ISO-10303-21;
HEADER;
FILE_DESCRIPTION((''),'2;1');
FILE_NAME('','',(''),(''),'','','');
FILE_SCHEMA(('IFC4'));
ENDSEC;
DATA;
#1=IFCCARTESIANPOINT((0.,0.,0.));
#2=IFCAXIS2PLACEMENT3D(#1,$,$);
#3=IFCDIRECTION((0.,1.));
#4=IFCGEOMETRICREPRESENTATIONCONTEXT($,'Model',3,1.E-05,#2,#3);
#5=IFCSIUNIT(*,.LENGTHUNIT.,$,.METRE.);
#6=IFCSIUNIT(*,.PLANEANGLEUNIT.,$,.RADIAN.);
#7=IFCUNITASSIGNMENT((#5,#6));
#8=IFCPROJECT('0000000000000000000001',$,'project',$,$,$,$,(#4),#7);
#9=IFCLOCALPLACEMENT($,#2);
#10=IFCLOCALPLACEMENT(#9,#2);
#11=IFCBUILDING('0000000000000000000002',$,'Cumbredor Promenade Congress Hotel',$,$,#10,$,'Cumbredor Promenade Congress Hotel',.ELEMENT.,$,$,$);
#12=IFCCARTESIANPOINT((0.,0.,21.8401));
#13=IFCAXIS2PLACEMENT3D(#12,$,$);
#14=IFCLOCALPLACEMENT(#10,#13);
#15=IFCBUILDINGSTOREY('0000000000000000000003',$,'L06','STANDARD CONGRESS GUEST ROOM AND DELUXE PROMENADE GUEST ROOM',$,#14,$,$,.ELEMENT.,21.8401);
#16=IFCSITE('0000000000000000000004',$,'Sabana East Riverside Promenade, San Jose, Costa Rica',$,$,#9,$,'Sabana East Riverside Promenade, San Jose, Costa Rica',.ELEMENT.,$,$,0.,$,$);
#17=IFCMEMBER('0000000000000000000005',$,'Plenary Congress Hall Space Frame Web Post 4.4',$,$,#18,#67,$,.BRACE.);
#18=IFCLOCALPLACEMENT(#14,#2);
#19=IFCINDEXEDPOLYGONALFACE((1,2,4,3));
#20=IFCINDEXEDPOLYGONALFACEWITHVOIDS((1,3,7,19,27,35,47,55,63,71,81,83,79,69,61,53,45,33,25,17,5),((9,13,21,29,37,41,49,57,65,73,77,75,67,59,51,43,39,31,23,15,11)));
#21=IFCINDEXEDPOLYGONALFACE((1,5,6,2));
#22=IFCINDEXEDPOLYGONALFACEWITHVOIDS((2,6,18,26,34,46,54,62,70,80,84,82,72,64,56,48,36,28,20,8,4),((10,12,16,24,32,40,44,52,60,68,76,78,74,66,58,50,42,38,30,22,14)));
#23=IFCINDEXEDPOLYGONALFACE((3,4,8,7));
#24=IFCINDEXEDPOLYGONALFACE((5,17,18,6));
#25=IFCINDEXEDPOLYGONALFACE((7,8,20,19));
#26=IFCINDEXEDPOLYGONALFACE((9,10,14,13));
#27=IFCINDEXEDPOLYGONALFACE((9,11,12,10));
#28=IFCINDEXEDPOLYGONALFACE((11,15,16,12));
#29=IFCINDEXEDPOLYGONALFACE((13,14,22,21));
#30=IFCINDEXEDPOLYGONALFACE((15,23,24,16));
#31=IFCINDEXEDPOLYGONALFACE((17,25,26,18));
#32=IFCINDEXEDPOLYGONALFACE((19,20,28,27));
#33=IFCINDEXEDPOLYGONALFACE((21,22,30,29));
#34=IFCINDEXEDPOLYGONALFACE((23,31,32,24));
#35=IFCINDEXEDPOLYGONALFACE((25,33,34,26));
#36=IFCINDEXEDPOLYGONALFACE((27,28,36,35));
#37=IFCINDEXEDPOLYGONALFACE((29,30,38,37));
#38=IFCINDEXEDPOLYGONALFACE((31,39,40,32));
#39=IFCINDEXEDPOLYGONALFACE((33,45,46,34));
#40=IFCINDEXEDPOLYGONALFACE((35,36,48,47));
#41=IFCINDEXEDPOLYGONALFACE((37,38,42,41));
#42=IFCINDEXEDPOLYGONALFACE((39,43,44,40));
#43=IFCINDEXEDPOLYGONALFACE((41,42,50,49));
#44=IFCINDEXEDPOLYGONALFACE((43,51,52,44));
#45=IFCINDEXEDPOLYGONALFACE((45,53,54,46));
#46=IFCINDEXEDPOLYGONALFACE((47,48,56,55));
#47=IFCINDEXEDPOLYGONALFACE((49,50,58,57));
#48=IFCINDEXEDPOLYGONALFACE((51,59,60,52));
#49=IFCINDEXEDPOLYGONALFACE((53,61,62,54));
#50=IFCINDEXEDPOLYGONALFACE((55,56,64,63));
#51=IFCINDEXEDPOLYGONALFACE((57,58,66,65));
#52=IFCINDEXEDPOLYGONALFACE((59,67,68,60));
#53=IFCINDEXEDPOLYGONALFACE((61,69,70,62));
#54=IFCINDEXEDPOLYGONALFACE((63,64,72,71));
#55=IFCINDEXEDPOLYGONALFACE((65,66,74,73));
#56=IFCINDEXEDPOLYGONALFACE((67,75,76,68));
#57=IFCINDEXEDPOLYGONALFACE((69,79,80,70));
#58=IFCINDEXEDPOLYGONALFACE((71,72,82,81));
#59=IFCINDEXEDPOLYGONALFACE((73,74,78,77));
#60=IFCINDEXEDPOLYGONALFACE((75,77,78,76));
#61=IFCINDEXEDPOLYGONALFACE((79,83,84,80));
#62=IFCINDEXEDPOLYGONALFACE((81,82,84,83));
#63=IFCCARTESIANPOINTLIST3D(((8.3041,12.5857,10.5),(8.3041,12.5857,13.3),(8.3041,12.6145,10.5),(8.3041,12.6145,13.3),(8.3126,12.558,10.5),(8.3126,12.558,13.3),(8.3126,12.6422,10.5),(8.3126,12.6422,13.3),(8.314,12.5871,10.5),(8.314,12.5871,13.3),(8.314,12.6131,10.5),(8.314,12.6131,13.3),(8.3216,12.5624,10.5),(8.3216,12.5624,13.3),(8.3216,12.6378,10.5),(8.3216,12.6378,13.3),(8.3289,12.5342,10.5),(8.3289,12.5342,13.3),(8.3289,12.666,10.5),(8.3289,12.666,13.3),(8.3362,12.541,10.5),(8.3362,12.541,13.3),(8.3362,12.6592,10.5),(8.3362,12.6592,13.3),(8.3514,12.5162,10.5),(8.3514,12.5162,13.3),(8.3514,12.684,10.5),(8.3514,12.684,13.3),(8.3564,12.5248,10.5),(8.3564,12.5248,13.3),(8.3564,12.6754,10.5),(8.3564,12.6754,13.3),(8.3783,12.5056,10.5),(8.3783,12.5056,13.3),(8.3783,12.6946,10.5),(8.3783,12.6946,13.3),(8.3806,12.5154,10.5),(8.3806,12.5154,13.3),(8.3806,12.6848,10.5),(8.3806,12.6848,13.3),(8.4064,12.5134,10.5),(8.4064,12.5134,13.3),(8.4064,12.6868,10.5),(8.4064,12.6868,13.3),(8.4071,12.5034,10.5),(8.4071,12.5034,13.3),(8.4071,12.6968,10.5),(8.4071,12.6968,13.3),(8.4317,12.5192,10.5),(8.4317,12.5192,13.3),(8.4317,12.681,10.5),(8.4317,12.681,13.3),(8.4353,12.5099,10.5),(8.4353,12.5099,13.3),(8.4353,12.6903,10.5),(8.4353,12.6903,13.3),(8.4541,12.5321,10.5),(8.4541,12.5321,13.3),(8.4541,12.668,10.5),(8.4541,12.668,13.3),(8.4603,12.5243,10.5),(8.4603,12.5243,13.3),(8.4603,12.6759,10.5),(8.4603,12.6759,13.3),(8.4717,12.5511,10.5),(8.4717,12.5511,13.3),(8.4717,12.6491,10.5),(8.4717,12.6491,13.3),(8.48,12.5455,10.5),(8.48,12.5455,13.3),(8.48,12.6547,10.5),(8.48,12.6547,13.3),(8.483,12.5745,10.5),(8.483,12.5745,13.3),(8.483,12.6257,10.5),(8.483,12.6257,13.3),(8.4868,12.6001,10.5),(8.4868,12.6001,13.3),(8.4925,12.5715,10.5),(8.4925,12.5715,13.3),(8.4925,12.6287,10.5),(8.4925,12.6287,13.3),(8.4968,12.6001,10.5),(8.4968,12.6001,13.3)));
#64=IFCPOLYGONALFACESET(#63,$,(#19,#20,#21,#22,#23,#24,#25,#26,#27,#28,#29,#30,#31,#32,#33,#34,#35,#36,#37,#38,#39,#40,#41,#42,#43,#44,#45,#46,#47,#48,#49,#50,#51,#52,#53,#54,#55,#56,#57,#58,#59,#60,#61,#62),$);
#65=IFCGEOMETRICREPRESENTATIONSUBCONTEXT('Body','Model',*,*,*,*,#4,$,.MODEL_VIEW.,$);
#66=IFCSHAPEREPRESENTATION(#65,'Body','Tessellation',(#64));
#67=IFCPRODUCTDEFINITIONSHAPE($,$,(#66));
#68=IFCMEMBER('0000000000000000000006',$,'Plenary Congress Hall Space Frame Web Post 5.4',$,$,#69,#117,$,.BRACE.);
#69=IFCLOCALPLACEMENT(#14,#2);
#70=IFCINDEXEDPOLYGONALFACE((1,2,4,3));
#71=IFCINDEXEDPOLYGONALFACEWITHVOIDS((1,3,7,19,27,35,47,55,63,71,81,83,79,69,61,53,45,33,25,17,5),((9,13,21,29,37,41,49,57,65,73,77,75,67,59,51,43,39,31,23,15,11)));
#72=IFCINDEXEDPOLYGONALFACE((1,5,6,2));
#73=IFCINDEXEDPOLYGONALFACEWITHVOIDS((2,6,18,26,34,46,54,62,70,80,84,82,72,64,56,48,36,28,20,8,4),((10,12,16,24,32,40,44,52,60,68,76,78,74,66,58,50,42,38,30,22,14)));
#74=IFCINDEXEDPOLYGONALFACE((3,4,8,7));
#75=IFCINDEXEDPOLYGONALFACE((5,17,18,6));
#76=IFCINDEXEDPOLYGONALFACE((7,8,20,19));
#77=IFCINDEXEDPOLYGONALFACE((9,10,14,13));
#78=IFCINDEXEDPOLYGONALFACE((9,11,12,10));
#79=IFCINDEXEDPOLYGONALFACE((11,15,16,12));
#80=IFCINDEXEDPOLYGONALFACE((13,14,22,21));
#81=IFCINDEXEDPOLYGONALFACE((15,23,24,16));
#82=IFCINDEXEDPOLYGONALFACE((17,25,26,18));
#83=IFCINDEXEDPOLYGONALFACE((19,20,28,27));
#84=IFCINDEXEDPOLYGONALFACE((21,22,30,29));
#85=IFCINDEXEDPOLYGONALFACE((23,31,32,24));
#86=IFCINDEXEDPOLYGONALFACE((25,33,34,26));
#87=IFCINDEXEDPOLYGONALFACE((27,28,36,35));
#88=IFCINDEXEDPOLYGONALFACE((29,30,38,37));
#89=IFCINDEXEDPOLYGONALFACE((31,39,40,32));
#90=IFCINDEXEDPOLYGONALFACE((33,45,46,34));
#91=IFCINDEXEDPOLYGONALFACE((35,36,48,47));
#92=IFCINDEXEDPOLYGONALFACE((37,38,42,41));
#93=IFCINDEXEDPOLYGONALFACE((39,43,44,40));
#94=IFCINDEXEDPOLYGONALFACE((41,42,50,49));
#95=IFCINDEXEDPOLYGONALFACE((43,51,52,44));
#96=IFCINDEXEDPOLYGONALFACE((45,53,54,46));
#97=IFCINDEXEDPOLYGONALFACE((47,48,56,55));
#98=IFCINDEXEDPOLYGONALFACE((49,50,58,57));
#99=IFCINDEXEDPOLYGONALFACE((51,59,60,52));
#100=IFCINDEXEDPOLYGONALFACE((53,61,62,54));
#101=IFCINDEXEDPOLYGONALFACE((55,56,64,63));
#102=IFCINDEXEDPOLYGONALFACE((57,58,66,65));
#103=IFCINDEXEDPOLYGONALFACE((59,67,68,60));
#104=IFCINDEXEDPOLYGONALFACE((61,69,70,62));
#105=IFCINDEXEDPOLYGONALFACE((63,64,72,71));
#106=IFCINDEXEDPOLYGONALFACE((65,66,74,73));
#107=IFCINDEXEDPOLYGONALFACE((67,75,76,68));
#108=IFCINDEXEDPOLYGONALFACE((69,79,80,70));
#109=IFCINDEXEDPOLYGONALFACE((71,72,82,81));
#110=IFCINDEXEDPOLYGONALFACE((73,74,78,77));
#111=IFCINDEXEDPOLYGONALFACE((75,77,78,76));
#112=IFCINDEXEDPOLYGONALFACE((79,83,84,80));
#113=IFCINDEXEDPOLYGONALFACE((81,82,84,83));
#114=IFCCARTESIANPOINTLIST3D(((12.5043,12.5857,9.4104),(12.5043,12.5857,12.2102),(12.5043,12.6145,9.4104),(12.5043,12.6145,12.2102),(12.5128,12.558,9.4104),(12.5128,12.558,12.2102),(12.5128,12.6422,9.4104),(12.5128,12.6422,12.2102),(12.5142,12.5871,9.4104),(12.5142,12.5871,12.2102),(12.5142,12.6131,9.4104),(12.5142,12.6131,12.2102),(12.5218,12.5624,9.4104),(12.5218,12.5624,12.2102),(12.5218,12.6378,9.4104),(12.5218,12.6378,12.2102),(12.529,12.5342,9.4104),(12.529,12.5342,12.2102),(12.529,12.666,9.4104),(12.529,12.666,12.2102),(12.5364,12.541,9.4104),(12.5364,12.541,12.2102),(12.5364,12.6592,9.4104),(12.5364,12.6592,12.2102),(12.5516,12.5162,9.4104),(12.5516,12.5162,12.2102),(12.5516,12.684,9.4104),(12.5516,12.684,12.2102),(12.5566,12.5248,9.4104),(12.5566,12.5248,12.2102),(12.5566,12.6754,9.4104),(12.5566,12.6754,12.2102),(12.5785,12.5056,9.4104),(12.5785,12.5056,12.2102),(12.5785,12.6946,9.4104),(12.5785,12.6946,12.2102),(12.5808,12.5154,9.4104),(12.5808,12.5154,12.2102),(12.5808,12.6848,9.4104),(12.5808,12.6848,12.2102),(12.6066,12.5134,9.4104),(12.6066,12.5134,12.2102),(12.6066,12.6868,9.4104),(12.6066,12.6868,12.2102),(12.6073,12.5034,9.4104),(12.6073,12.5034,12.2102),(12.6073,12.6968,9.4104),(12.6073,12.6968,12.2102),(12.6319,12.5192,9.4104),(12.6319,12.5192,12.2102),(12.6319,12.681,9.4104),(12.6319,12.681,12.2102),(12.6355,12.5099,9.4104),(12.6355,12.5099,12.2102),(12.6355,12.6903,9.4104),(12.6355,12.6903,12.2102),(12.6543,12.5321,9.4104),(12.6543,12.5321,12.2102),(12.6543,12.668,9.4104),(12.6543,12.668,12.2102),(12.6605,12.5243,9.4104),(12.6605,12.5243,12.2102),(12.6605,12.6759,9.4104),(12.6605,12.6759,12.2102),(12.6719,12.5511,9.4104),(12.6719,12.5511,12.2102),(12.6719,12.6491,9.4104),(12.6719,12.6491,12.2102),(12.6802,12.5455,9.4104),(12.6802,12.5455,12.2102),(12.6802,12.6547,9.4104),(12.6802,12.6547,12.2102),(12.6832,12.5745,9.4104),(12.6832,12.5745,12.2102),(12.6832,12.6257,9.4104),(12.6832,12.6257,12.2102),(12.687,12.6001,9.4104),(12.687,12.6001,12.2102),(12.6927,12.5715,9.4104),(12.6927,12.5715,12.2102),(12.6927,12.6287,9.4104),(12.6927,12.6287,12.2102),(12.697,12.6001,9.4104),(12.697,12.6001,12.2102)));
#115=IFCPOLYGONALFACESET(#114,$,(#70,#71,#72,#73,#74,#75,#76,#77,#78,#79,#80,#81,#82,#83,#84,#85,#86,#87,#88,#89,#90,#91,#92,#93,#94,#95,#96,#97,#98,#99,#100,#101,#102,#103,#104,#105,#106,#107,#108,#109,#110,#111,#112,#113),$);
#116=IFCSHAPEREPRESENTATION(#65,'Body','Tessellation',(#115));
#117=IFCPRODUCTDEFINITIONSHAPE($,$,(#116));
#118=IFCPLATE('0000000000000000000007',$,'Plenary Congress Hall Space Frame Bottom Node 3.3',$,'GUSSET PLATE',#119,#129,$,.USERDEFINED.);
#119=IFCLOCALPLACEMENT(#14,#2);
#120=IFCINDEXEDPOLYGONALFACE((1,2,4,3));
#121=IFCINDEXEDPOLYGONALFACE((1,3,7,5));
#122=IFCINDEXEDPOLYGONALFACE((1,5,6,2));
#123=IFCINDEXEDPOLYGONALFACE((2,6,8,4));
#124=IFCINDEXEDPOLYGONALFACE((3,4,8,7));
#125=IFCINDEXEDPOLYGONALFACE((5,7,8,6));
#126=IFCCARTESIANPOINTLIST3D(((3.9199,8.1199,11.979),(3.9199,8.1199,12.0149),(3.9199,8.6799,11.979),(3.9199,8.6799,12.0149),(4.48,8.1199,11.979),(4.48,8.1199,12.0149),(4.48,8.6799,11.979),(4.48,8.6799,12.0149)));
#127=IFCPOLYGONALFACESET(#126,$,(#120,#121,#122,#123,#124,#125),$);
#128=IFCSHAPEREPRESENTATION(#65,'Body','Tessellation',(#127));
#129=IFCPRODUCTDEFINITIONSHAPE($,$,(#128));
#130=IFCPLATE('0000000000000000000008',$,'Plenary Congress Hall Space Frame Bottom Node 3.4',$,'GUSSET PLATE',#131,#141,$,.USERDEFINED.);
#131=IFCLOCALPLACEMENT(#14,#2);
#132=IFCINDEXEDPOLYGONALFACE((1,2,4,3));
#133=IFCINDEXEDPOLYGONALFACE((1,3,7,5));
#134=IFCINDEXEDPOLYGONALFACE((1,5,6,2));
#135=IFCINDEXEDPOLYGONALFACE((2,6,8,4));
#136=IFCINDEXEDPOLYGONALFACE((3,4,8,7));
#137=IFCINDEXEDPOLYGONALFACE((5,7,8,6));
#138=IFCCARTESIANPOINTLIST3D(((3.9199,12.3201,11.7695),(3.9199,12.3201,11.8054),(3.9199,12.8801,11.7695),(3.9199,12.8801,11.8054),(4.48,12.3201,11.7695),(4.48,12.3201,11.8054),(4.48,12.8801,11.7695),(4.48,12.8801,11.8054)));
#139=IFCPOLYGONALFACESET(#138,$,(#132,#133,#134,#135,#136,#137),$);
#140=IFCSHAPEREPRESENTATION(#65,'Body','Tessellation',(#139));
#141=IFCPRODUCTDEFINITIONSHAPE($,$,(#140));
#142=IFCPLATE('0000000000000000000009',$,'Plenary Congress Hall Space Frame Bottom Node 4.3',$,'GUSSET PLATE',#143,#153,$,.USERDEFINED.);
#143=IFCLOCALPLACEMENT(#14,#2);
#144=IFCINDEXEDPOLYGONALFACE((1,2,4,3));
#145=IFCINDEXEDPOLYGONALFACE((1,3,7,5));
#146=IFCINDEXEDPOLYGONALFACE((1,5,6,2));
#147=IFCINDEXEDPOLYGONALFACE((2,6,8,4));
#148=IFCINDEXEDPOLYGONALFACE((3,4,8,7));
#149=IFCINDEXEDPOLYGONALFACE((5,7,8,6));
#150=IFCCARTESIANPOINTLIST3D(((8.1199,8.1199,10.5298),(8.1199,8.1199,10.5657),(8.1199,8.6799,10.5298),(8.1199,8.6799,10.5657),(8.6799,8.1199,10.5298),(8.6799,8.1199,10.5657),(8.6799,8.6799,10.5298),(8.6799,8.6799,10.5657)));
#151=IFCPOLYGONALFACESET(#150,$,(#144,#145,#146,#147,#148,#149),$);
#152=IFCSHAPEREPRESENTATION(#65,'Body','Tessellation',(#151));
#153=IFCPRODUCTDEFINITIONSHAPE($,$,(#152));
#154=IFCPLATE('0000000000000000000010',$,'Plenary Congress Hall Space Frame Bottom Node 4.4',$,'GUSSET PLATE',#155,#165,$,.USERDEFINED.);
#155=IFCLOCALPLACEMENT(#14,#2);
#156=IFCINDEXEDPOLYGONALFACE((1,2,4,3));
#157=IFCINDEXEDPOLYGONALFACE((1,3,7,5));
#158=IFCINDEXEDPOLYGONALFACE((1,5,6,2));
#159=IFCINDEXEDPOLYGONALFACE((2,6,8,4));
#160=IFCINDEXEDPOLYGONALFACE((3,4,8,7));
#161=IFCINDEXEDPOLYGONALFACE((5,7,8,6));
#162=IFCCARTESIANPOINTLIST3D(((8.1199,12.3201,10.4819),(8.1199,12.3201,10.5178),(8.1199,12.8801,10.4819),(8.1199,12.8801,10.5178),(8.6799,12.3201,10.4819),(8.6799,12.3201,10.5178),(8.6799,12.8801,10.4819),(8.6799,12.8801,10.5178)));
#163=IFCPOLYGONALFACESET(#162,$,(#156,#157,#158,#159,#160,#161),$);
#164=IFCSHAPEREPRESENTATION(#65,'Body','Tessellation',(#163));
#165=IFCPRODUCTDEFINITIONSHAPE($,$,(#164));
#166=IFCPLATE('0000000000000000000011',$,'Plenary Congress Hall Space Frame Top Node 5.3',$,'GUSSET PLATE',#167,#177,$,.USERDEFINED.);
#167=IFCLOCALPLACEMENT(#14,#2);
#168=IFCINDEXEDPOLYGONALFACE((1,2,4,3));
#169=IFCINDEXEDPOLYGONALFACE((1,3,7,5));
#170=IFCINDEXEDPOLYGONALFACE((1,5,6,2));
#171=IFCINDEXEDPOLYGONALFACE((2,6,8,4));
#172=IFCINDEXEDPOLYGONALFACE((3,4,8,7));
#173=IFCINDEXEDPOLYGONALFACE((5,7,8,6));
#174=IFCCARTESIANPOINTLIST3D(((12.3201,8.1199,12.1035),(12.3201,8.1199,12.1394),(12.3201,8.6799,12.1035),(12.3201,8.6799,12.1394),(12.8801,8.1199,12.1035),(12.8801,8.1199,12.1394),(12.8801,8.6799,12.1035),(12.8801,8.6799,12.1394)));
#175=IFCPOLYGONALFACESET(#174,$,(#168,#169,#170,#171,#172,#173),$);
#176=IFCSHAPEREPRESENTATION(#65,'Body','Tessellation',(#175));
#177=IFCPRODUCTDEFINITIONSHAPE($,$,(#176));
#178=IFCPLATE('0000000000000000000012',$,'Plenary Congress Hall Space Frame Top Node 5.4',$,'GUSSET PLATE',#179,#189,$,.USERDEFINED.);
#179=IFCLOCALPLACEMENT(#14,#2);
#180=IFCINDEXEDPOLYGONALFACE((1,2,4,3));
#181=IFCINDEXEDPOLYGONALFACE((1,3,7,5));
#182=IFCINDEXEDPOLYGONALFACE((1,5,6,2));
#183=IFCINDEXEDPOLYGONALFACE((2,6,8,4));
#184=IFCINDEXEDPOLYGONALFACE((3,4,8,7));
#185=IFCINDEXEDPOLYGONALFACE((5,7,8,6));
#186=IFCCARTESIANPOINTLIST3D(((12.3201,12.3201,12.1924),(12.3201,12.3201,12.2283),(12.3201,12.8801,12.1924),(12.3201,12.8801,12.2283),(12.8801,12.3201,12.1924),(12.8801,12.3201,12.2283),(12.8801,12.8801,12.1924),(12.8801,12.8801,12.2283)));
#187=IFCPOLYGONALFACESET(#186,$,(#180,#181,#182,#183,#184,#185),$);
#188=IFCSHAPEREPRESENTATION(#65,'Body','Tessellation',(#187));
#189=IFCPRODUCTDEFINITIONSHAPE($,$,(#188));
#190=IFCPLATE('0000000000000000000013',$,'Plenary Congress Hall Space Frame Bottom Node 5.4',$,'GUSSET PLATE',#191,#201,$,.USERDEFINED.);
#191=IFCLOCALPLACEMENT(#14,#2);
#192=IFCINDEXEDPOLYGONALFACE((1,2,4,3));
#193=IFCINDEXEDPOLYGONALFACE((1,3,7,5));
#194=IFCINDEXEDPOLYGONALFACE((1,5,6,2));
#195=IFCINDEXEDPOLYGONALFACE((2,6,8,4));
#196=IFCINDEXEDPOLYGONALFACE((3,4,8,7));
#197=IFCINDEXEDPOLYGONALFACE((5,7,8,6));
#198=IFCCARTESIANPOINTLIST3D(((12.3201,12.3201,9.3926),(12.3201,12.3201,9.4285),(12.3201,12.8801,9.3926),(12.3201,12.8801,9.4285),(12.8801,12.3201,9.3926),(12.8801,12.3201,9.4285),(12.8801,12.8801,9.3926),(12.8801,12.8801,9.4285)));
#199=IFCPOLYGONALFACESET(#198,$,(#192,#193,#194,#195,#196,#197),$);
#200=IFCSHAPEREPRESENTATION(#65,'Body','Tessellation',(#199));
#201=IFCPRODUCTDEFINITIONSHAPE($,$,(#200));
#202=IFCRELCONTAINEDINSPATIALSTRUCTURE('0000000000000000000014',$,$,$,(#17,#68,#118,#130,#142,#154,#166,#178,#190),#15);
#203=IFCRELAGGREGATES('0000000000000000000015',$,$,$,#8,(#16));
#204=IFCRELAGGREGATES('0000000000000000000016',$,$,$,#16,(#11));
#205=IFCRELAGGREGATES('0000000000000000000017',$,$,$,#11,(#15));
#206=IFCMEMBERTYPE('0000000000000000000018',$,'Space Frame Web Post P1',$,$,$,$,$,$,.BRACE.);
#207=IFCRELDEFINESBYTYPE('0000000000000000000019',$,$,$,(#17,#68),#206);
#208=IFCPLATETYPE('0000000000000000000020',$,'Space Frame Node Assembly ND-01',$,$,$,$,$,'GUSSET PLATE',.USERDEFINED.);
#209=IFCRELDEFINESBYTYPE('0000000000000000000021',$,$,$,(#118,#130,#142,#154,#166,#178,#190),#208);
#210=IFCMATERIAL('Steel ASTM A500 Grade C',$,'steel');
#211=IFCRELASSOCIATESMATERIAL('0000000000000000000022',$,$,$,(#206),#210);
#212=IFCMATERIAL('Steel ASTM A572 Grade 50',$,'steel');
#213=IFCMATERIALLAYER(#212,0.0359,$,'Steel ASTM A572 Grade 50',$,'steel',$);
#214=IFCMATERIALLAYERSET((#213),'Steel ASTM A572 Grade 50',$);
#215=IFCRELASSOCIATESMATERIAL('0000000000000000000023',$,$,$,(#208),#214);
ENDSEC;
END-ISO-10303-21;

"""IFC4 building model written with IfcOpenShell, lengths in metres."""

from ifc_helpers import new_model, si_unit, direction, frame, origin, origin_2d, place, context, subcontext, project, spatial, rectangle, hollow_circle, extrude, material, layer, layer_set, material_profile, profile_set, type_object, element, save


model = new_model("IFC4")

# Units and contexts
model_context = context("Model", 3, precision=1e-05, world=origin(), true_north=direction((0.0, 1.0)))
body_context = subcontext(model_context, "Body", "Model", "MODEL_VIEW")
ifc_project = project(units=[si_unit("LENGTHUNIT", "METRE"), si_unit("PLANEANGLEUNIT", "RADIAN")], contexts=[model_context])

# Site, building, storey
site_placement = place(None, origin())
site = spatial("IfcSite", under=ifc_project, at=site_placement, Name="Sabana East Riverside Promenade, San Jose, Costa Rica", LongName="Sabana East Riverside Promenade, San Jose, Costa Rica", CompositionType="ELEMENT", RefElevation=0.0)
building_placement = place(site_placement, origin())
building = spatial("IfcBuilding", under=site, at=building_placement, Name="Cumbredor Promenade Congress Hotel", LongName="Cumbredor Promenade Congress Hotel", CompositionType="ELEMENT")
storey_placement = place(building_placement, frame((0.0, 0.0, 21.8401)))
storey = spatial("IfcBuildingStorey", under=building, at=storey_placement, Name="L06", Description="STANDARD CONGRESS GUEST ROOM AND DELUXE PROMENADE GUEST ROOM", CompositionType="ELEMENT", Elevation=21.8401)

# Members
ifc_material_1 = material(Name="Steel ASTM A500 Grade C", Category="steel")
ifc_material_profile_1 = material_profile(ifc_material_1, hollow_circle(Radius=0.0969, WallThickness=0.01, at=origin_2d()), Name="CHS 193.7x10")
ifc_profile_set_1 = profile_set([ifc_material_profile_1], Name="Steel ASTM A500 Grade C")
member_type_1 = type_object("IfcMemberType", Name="Space Frame Web Post P1", PredefinedType="BRACE", material=ifc_profile_set_1)
for number, where, z_axis, x_axis, name in (
    (1, (8.3999, 12.6001, 10.5), (0.0, 0.0, 1.0), (1.0, 0.0, 0.0), "Plenary Congress Hall Space Frame Web Post 4.4"),
):
    element("IfcMember", number, at=place(storey_placement, frame(where, z_axis=z_axis, x_axis=x_axis)), inside=storey, type_object=member_type_1, Name=name, PredefinedType="BRACE", context=body_context, shape_type="SweptSolid", body=[
        extrude(hollow_circle(Radius=0.0969, WallThickness=0.01, at=origin_2d()), origin(), (0.0, 0.0, 1.0), 2.8),
    ])
member_1_placement = place(storey_placement, frame((12.6001, 12.6001, 9.4104), z_axis=(0.0, 0.0, 1.0), x_axis=(1.0, 0.0, 0.0)))
element("IfcMember", 2, at=member_1_placement, inside=storey, type_object=member_type_1, Name="Plenary Congress Hall Space Frame Web Post 5.4", PredefinedType="BRACE", context=body_context, shape_type="SweptSolid", body=[
    extrude(hollow_circle(Radius=0.0969, WallThickness=0.01, at=origin_2d()), origin(), (0.0, 0.0, 1.0), 2.7998),
])

# Plates
ifc_material_2 = material(Name="Steel ASTM A572 Grade 50", Category="steel")
ifc_layer = layer(ifc_material_2, 0.0359, Name="Steel ASTM A572 Grade 50", Category="steel")
ifc_layer_set = layer_set([ifc_layer], Name="Steel ASTM A572 Grade 50")
plate_type = type_object("IfcPlateType", Name="Space Frame Node Assembly ND-01", ElementType="GUSSET PLATE", PredefinedType="USERDEFINED", material=ifc_layer_set)
for number, where, z_axis, x_axis, name in (
    (3, (4.2, 8.3999, 11.979), (0.0, 0.0, 1.0), (1.0, 0.0, 0.0), "Plenary Congress Hall Space Frame Bottom Node 3.3"),
    (4, (4.2, 12.6001, 11.7695), (0.0, 0.0, 1.0), (1.0, 0.0, 0.0), "Plenary Congress Hall Space Frame Bottom Node 3.4"),
    (5, (8.3999, 8.3999, 10.5298), (0.0, 0.0, 1.0), (1.0, 0.0, 0.0), "Plenary Congress Hall Space Frame Bottom Node 4.3"),
    (6, (8.3999, 12.6001, 10.4819), (0.0, 0.0, 1.0), (1.0, 0.0, 0.0), "Plenary Congress Hall Space Frame Bottom Node 4.4"),
    (7, (12.6001, 8.3999, 12.1035), (0.0, 0.0, 1.0), (1.0, 0.0, 0.0), "Plenary Congress Hall Space Frame Top Node 5.3"),
    (8, (12.6001, 12.6001, 12.1924), (0.0, 0.0, 1.0), (1.0, 0.0, 0.0), "Plenary Congress Hall Space Frame Top Node 5.4"),
    (9, (12.6001, 12.6001, 9.3926), (0.0, 0.0, 1.0), (1.0, 0.0, 0.0), "Plenary Congress Hall Space Frame Bottom Node 5.4"),
):
    element("IfcPlate", number, at=place(storey_placement, frame(where, z_axis=z_axis, x_axis=x_axis)), inside=storey, type_object=plate_type, Name=name, ObjectType="GUSSET PLATE", PredefinedType="USERDEFINED", context=body_context, shape_type="SweptSolid", body=[
        extrude(rectangle(XDim=0.5601, YDim=0.5601, at=origin_2d()), origin(), (0.0, 0.0, 1.0), 0.0359),
    ])

save(model, "model.ifc")
